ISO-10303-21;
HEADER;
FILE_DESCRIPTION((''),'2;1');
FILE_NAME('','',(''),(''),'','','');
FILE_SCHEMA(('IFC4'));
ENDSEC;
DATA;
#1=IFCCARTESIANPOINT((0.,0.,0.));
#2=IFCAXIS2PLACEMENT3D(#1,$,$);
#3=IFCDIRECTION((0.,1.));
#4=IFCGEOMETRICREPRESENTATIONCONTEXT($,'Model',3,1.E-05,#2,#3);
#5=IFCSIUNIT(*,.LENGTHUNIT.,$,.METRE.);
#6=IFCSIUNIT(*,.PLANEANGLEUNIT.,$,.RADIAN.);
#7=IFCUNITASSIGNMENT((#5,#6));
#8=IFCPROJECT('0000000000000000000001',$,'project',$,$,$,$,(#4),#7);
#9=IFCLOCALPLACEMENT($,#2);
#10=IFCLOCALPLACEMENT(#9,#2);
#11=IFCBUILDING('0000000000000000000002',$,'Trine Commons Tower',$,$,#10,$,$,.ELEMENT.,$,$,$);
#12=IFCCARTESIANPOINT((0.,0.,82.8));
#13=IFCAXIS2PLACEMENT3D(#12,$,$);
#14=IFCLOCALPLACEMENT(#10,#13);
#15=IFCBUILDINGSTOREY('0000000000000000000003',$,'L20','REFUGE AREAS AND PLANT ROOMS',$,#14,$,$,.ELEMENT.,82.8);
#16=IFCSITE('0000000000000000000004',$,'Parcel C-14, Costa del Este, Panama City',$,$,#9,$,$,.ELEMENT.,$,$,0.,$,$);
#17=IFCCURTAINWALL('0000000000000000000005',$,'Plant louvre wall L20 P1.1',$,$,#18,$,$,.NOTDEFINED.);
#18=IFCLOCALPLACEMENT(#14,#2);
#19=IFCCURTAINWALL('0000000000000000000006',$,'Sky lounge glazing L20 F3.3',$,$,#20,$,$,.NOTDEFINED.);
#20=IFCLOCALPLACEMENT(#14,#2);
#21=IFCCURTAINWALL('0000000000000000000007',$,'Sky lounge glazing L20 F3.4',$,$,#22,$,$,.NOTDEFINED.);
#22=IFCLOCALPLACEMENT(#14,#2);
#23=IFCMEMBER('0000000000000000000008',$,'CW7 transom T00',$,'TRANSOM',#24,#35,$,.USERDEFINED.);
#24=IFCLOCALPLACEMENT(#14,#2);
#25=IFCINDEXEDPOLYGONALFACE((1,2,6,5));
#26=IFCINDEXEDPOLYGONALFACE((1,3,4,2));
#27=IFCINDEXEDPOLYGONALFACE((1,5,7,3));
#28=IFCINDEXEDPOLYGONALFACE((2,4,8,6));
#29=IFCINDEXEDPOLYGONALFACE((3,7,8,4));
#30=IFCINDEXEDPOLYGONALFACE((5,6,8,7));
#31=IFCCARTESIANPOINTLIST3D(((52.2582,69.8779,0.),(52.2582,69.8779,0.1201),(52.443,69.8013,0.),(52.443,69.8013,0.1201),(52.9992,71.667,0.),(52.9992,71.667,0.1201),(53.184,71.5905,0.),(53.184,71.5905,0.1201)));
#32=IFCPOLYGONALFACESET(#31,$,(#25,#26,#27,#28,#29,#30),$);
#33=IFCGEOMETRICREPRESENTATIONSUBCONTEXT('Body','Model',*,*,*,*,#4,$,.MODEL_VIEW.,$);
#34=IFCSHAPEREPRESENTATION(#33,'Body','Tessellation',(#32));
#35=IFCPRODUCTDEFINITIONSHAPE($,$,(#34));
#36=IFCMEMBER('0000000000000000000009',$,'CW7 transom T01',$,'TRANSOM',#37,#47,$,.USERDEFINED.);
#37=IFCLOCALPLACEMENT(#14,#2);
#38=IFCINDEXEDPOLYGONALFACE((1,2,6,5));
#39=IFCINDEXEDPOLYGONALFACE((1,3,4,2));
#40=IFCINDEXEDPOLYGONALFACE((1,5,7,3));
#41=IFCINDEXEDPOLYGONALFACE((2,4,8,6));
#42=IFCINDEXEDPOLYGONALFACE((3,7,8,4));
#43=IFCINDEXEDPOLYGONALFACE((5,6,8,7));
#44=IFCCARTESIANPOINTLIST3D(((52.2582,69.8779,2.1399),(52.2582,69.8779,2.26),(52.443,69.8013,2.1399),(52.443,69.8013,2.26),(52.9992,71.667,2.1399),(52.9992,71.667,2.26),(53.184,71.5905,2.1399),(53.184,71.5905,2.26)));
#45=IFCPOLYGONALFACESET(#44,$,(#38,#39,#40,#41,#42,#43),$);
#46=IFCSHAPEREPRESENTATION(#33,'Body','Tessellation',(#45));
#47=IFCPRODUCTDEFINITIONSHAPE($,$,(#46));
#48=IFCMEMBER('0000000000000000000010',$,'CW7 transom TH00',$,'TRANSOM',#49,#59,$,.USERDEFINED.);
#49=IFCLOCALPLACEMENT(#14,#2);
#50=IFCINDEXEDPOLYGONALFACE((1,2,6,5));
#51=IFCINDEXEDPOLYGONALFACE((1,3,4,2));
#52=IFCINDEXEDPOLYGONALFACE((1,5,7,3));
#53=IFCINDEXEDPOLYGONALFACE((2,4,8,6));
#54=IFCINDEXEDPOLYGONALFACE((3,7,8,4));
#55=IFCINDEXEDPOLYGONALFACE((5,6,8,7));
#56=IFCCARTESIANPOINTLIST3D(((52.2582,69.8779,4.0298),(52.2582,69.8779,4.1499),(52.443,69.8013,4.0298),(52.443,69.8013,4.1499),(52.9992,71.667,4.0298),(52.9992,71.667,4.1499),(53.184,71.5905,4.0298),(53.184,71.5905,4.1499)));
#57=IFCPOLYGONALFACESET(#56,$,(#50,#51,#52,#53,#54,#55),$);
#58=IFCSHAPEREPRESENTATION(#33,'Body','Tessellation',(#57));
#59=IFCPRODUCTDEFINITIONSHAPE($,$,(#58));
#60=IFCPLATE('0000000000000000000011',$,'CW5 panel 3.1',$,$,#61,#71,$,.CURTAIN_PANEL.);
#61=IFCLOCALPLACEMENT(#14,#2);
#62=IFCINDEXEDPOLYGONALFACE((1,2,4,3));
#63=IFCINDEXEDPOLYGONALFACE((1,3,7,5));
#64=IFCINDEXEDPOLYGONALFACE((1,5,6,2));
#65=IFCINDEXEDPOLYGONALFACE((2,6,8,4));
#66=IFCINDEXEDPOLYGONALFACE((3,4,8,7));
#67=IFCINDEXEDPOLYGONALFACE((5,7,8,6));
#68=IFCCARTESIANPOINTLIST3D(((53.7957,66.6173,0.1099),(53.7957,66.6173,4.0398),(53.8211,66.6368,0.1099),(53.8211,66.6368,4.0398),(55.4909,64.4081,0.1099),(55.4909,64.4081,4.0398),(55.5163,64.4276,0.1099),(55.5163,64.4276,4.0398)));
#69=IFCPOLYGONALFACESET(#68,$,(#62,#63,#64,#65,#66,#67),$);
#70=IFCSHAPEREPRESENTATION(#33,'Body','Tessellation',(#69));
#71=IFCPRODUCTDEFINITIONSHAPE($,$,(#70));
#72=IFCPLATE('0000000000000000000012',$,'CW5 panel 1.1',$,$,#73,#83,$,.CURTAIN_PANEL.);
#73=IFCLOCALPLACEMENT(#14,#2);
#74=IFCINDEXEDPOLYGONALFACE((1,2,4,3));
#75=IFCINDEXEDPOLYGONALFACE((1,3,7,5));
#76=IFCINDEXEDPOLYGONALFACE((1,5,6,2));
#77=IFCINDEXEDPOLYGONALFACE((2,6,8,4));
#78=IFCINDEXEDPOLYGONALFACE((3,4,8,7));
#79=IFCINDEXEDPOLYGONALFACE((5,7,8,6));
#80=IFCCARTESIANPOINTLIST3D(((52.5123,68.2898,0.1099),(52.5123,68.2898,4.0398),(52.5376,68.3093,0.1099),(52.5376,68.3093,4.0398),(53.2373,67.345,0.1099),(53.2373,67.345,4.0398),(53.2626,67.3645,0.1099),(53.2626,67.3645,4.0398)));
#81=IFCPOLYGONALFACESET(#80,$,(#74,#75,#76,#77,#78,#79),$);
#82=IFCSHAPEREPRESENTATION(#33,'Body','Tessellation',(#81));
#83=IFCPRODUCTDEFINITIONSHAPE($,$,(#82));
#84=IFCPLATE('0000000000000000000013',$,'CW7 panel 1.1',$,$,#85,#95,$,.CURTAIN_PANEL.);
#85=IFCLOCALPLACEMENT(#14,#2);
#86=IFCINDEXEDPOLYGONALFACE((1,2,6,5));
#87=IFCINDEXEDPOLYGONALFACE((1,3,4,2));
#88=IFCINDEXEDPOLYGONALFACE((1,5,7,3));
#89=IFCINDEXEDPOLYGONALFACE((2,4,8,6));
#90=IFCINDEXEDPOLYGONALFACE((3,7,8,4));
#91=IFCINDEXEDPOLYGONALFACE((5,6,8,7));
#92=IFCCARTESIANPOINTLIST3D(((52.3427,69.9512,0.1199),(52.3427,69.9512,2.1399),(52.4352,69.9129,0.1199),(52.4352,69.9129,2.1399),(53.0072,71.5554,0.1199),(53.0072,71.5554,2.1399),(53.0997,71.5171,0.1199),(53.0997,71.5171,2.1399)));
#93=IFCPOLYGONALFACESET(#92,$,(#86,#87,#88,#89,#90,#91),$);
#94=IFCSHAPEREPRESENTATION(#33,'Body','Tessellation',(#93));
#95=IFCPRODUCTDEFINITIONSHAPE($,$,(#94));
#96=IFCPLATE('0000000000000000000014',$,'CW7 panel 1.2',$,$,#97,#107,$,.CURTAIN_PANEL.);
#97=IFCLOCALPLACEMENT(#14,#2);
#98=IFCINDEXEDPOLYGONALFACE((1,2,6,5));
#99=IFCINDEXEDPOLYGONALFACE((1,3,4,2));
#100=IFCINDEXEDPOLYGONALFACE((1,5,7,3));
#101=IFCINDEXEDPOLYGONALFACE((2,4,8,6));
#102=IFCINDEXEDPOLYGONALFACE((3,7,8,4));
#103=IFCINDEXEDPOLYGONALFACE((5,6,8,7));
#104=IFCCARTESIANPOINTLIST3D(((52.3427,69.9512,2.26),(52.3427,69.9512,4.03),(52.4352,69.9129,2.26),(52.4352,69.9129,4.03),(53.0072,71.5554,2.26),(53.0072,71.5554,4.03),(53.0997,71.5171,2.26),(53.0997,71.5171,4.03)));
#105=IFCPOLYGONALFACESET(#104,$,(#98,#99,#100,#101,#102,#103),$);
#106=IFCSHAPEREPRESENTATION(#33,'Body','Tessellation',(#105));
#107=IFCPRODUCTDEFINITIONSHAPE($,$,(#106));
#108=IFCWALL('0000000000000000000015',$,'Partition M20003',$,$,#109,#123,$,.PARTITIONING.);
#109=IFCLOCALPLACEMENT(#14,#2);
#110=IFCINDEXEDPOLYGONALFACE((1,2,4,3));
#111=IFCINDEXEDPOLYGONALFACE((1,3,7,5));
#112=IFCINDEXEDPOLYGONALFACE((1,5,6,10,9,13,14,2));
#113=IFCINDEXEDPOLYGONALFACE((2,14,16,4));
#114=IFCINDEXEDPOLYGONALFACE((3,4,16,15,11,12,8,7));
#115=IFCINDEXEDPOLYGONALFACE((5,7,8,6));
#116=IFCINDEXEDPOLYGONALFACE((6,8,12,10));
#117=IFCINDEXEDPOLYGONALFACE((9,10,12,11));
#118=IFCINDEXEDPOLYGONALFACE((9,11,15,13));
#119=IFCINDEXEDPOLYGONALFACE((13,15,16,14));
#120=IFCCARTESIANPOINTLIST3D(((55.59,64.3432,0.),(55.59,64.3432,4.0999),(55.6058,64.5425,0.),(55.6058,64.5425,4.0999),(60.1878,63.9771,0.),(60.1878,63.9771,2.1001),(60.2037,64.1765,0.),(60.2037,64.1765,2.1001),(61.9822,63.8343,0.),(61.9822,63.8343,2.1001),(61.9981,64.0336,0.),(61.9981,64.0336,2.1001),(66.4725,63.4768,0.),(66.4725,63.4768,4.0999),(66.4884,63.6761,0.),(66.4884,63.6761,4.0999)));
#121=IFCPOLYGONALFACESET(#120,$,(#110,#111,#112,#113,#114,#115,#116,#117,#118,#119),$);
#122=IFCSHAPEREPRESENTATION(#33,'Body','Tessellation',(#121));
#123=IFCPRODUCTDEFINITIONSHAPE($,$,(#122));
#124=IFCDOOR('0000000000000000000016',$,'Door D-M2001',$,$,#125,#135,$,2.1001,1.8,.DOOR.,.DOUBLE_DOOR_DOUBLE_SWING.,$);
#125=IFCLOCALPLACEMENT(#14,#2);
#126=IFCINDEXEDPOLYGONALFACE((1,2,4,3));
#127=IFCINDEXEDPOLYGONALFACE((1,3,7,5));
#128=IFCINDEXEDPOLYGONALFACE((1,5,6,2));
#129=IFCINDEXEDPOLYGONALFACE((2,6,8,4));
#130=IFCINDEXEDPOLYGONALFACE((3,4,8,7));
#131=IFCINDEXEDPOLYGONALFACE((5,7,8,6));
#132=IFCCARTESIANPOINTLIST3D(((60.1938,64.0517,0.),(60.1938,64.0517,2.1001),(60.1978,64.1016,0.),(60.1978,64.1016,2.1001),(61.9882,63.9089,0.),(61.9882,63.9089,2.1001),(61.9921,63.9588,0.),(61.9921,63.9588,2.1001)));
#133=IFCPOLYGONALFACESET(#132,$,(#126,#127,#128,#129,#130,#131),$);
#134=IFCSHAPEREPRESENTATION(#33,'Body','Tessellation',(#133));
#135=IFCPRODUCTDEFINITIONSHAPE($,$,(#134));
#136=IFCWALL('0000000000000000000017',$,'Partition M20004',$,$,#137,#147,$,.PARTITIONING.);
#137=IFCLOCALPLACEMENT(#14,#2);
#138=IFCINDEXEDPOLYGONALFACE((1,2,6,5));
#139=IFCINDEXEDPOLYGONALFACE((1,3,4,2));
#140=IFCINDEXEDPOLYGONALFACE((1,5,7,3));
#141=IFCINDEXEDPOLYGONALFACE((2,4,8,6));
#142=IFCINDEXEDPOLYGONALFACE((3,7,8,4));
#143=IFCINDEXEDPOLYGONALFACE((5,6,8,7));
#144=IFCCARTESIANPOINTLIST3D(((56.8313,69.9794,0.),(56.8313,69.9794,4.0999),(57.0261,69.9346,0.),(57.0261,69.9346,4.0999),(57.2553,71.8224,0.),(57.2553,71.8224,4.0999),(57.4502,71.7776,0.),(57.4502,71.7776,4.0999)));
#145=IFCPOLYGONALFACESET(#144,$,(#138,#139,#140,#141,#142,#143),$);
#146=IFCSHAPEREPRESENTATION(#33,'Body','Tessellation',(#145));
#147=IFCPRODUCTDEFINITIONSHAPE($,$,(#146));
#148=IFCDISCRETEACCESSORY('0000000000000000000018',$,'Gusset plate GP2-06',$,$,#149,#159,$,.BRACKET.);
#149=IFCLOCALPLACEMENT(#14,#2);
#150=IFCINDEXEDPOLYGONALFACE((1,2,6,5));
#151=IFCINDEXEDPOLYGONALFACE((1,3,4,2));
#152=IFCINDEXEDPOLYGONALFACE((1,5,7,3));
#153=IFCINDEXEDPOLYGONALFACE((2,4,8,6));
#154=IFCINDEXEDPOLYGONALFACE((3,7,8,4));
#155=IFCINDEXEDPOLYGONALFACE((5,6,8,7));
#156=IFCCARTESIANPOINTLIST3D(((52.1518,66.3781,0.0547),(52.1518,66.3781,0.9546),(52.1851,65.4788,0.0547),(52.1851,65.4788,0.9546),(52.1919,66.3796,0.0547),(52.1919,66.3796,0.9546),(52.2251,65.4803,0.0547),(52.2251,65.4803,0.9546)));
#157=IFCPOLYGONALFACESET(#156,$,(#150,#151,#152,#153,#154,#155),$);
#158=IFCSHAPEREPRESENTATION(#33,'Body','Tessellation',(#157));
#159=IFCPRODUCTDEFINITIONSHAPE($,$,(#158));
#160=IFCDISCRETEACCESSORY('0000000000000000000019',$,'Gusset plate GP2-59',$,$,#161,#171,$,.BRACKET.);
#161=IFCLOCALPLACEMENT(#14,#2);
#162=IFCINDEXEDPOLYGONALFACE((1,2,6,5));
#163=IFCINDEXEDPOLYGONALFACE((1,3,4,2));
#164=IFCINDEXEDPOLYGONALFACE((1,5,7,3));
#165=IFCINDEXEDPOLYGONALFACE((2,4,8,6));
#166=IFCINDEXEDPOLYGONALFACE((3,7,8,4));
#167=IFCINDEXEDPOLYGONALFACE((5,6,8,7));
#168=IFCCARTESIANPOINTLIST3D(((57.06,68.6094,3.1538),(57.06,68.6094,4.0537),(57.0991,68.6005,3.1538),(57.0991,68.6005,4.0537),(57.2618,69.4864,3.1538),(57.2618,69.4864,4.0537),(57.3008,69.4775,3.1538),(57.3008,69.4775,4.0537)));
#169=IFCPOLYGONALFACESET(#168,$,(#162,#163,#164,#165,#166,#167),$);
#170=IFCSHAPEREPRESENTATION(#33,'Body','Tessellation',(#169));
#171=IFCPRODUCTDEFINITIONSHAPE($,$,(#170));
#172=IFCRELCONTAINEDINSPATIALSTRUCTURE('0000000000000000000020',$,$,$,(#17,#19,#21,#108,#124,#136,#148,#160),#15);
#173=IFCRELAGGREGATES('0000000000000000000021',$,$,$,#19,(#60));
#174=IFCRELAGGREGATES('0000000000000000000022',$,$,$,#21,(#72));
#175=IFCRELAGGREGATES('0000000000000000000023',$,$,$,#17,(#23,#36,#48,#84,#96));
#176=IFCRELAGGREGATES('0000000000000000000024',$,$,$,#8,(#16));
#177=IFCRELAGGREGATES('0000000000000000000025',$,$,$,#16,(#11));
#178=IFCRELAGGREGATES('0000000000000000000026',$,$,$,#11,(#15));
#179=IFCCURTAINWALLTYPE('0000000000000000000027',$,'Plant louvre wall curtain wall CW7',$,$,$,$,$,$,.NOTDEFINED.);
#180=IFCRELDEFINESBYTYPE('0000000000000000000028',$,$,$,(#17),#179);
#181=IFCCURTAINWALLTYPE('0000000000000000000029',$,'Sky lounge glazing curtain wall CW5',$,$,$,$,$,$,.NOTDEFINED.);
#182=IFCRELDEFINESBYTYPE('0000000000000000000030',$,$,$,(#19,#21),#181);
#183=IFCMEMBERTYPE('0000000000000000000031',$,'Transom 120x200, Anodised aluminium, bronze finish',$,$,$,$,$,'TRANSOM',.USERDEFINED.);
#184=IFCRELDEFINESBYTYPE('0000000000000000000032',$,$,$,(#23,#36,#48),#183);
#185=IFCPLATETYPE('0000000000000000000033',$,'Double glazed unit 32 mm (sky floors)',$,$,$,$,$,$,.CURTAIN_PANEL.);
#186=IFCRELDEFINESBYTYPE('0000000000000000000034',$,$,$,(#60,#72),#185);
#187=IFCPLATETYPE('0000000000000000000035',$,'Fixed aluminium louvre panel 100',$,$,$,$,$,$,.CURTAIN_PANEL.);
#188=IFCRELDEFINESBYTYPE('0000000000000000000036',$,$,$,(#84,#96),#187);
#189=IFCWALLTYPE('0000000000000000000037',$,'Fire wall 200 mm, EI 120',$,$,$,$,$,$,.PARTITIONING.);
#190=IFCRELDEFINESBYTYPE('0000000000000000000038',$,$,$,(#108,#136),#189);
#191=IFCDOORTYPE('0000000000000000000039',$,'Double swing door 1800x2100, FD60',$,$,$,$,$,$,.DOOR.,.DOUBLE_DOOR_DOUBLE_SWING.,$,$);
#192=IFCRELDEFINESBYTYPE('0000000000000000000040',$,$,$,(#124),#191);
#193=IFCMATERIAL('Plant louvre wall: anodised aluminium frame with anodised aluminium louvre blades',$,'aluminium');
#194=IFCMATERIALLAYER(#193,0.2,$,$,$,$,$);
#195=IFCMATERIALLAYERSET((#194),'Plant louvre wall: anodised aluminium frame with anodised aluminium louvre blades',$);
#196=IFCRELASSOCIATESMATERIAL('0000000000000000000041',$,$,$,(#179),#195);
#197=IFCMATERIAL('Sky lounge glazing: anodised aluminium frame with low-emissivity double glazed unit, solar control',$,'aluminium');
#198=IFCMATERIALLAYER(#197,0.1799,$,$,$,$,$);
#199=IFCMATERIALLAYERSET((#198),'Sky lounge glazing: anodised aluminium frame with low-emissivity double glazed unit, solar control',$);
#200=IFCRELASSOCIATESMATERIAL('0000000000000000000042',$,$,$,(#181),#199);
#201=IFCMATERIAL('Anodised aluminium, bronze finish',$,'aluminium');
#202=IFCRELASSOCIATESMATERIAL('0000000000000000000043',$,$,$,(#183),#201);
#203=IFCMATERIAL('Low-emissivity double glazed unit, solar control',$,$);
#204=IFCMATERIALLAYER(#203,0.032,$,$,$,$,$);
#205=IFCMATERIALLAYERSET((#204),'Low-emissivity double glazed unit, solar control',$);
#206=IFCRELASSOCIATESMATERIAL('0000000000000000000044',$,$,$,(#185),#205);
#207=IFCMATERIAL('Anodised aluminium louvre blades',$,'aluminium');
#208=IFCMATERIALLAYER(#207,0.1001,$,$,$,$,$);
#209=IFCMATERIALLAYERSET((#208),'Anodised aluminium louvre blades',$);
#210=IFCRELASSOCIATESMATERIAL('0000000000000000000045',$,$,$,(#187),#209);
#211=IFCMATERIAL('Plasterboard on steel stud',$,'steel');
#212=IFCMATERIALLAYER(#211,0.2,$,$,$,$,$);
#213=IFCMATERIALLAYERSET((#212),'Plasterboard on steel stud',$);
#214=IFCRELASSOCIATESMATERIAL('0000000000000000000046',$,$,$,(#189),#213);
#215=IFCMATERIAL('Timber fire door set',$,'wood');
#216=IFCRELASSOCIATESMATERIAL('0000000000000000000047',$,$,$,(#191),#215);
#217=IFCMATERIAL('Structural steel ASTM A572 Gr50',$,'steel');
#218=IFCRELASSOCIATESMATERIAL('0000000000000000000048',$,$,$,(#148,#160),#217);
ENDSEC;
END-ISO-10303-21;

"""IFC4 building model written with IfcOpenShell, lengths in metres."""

from ifc_helpers import new_model, si_unit, direction, frame, frame_2d, origin, origin_2d, place, context, subcontext, project, spatial, rectangle, extrude, material, layer, layer_set, material_profile, profile_set, type_object, element, fill, aggregate, save


model = new_model("IFC4")

# Units and contexts
model_context = context("Model", 3, precision=1e-05, world=origin(), true_north=direction((0.0, 1.0)))
body_context = subcontext(model_context, "Body", "Model", "MODEL_VIEW")
ifc_project = project(units=[si_unit("LENGTHUNIT", "METRE"), si_unit("PLANEANGLEUNIT", "RADIAN")], contexts=[model_context])

# Site, building, storey
site_placement = place(None, origin())
site = spatial("IfcSite", under=ifc_project, at=site_placement, Name="Parcel C-14, Costa del Este, Panama City", CompositionType="ELEMENT", RefElevation=0.0)
building_placement = place(site_placement, origin())
building = spatial("IfcBuilding", under=site, at=building_placement, Name="Trine Commons Tower", CompositionType="ELEMENT")
storey_placement = place(building_placement, frame((0.0, 0.0, 82.8)))
storey = spatial("IfcBuildingStorey", under=building, at=storey_placement, Name="L20", Description="REFUGE AREAS AND PLANT ROOMS", CompositionType="ELEMENT", Elevation=82.8)

# Curtain walls
ifc_material_1 = material(Name="Plant louvre wall: anodised aluminium frame with anodised aluminium louvre blades", Category="aluminium")
ifc_layer_1 = layer(ifc_material_1, 0.2)
ifc_layer_set_1 = layer_set([ifc_layer_1], Name="Plant louvre wall: anodised aluminium frame with anodised aluminium louvre blades")
curtain_wall_type_1 = type_object("IfcCurtainWallType", Name="Plant louvre wall curtain wall CW7", PredefinedType="NOTDEFINED", material=ifc_layer_set_1)
curtain_wall_1_placement = place(storey_placement, origin())
curtain_wall_1 = element("IfcCurtainWall", 1, at=curtain_wall_1_placement, inside=storey, type_object=curtain_wall_type_1, Name="Plant louvre wall L20 P1.1", PredefinedType="NOTDEFINED")
ifc_material_2 = material(Name="Anodised aluminium, bronze finish", Category="aluminium")
ifc_material_3 = material(Name="Sky lounge glazing: anodised aluminium frame with low-emissivity double glazed unit, solar control", Category="aluminium")
ifc_layer_2 = layer(ifc_material_3, 0.1799)
ifc_layer_set_2 = layer_set([ifc_layer_2], Name="Sky lounge glazing: anodised aluminium frame with low-emissivity double glazed unit, solar control")
curtain_wall_type_2 = type_object("IfcCurtainWallType", Name="Sky lounge glazing curtain wall CW5", PredefinedType="NOTDEFINED", material=ifc_layer_set_2)
curtain_wall_2_placement = place(storey_placement, origin())
curtain_wall_2 = element("IfcCurtainWall", 2, at=curtain_wall_2_placement, inside=storey, type_object=curtain_wall_type_2, Name="Sky lounge glazing L20 F3.3", PredefinedType="NOTDEFINED")
curtain_wall_3_placement = place(storey_placement, origin())
curtain_wall_3 = element("IfcCurtainWall", 3, at=curtain_wall_3_placement, inside=storey, type_object=curtain_wall_type_2, Name="Sky lounge glazing L20 F3.4", PredefinedType="NOTDEFINED")

# Members
ifc_material_profile_1 = material_profile(ifc_material_2, rectangle(XDim=0.2, YDim=0.1201, at=origin_2d()), Name="Transom 120x200")
ifc_profile_set_1 = profile_set([ifc_material_profile_1], Name="Anodised aluminium, bronze finish")
member_type_1 = type_object("IfcMemberType", Name="Transom 120x200, Anodised aluminium, bronze finish", ElementType="TRANSOM", PredefinedType="USERDEFINED", material=ifc_profile_set_1)
member_1_placement = place(storey_placement, frame((52.3506, 69.8396, 0.0601), z_axis=(0.382645, 0.923895, 0.0), x_axis=(-0.923895, 0.382645, 0.0)))
member_1 = element("IfcMember", 4, at=member_1_placement, type_object=member_type_1, Name="CW7 transom T00", ObjectType="TRANSOM", PredefinedType="USERDEFINED", context=body_context, shape_type="SweptSolid", body=[
    extrude(rectangle(XDim=0.2, YDim=0.1201, at=origin_2d()), origin(), (0.0, 0.0, 1.0), 1.9365),
])
member_2_placement = place(storey_placement, frame((52.3506, 69.8396, 2.2), z_axis=(0.382645, 0.923895, 0.0), x_axis=(-0.923895, 0.382645, 0.0)))
member_2 = element("IfcMember", 5, at=member_2_placement, type_object=member_type_1, Name="CW7 transom T01", ObjectType="TRANSOM", PredefinedType="USERDEFINED", context=body_context, shape_type="SweptSolid", body=[
    extrude(rectangle(XDim=0.2, YDim=0.1201, at=origin_2d()), origin(), (0.0, 0.0, 1.0), 1.9365),
])
member_3_placement = place(storey_placement, frame((52.3506, 69.8396, 4.0898), z_axis=(0.382645, 0.923895, 0.0), x_axis=(-0.923895, 0.382645, 0.0)))
member_3 = element("IfcMember", 6, at=member_3_placement, type_object=member_type_1, Name="CW7 transom TH00", ObjectType="TRANSOM", PredefinedType="USERDEFINED", context=body_context, shape_type="SweptSolid", body=[
    extrude(rectangle(XDim=0.2, YDim=0.1201, at=origin_2d()), origin(), (0.0, 0.0, 1.0), 1.9365),
])

# Plates
ifc_material_4 = material(Name="Low-emissivity double glazed unit, solar control")
ifc_layer_3 = layer(ifc_material_4, 0.032)
ifc_layer_set_3 = layer_set([ifc_layer_3], Name="Low-emissivity double glazed unit, solar control")
plate_type_1 = type_object("IfcPlateType", Name="Double glazed unit 32 mm (sky floors)", PredefinedType="CURTAIN_PANEL", material=ifc_layer_set_3)
plate_1_placement = place(storey_placement, frame((54.656, 65.5225, 0.1099), z_axis=(0.0, 0.0, 1.0), x_axis=(-0.608761, 0.793353, 0.0)))
plate_1 = element("IfcPlate", 7, at=plate_1_placement, type_object=plate_type_1, Name="CW5 panel 3.1", PredefinedType="CURTAIN_PANEL", context=body_context, shape_type="SweptSolid", body=[
    extrude(rectangle(XDim=2.7847, YDim=0.032, at=origin_2d()), origin(), (0.0, 0.0, 1.0), 3.9299),
])
aggregate(curtain_wall_2, [plate_1])
plate_2_placement = place(storey_placement, frame((52.8875, 67.8271, 0.1099), z_axis=(0.0, 0.0, 1.0), x_axis=(-0.608761, 0.793353, 0.0)))
plate_2 = element("IfcPlate", 8, at=plate_2_placement, type_object=plate_type_1, Name="CW5 panel 1.1", PredefinedType="CURTAIN_PANEL", context=body_context, shape_type="SweptSolid", body=[
    extrude(rectangle(XDim=1.1909, YDim=0.032, at=origin_2d()), origin(), (0.0, 0.0, 1.0), 3.9299),
])
aggregate(curtain_wall_3, [plate_2])
ifc_material_5 = material(Name="Anodised aluminium louvre blades", Category="aluminium")
ifc_layer_4 = layer(ifc_material_5, 0.1001)
ifc_layer_set_4 = layer_set([ifc_layer_4], Name="Anodised aluminium louvre blades")
plate_type_2 = type_object("IfcPlateType", Name="Fixed aluminium louvre panel 100", PredefinedType="CURTAIN_PANEL", material=ifc_layer_set_4)
plate_3_placement = place(storey_placement, frame((52.7212, 70.7341, 0.1199), z_axis=(0.0, 0.0, 1.0), x_axis=(0.382683, 0.92388, 0.0)))
plate_3 = element("IfcPlate", 9, at=plate_3_placement, type_object=plate_type_2, Name="CW7 panel 1.1", PredefinedType="CURTAIN_PANEL", context=body_context, shape_type="SweptSolid", body=[
    extrude(rectangle(XDim=1.7363, YDim=0.1001, at=origin_2d()), origin(), (0.0, 0.0, 1.0), 2.02),
])
plate_4_placement = place(storey_placement, frame((52.7212, 70.7341, 2.26), z_axis=(0.0, 0.0, 1.0), x_axis=(0.382683, 0.92388, 0.0)))
plate_4 = element("IfcPlate", 10, at=plate_4_placement, type_object=plate_type_2, Name="CW7 panel 1.2", PredefinedType="CURTAIN_PANEL", context=body_context, shape_type="SweptSolid", body=[
    extrude(rectangle(XDim=1.7363, YDim=0.1001, at=origin_2d()), origin(), (0.0, 0.0, 1.0), 1.77),
])
aggregate(curtain_wall_1, [member_1, member_2, member_3, plate_3, plate_4])

# Wall, opening, door
ifc_material_6 = material(Name="Plasterboard on steel stud", Category="steel")
ifc_layer_5 = layer(ifc_material_6, 0.2)
ifc_layer_set_5 = layer_set([ifc_layer_5], Name="Plasterboard on steel stud")
wall_type = type_object("IfcWallType", Name="Fire wall 200 mm, EI 120", PredefinedType="PARTITIONING", material=ifc_layer_set_5)
wall_1_placement = place(storey_placement, frame((55.5979, 64.4429, 0.0), z_axis=(0.0, 0.0, 1.0), x_axis=(0.996845, -0.079367, 0.0)))
wall_1 = element("IfcWall", 11, at=wall_1_placement, inside=storey, type_object=wall_type, Name="Partition M20003", PredefinedType="PARTITIONING", context=body_context, shape_type="SweptSolid", body=[
    extrude(rectangle(XDim=10.917, YDim=0.2, at=frame_2d((5.4585, 0.0))), origin(), (0.0, 0.0, 1.0), 4.0999),
])
opening_placement = place(wall_1_placement, frame((4.6125, 0.0, 0.0)))
opening = element("IfcOpeningElement", 12, at=opening_placement, cuts=wall_1, PredefinedType="OPENING", context=body_context, shape_type="SweptSolid", body=[
    extrude(rectangle(XDim=1.8, YDim=2.1001, at=frame_2d((0.8999, 1.05))), frame((0.0, 0.1099, 0.0), z_axis=(0.0, -1.0, 0.0), x_axis=(1.0, 0.0, 0.0)), (0.0, 0.0, 1.0), 0.22),
])
ifc_material_7 = material(Name="Timber fire door set", Category="wood")
door_type = type_object("IfcDoorType", Name="Double swing door 1800x2100, FD60", OperationType="DOUBLE_DOOR_DOUBLE_SWING", PredefinedType="DOOR", material=ifc_material_7)
door_placement = place(opening_placement, origin())
door = element("IfcDoor", 13, at=door_placement, inside=storey, type_object=door_type, Name="Door D-M2001", OperationType="DOUBLE_DOOR_DOUBLE_SWING", OverallHeight=2.1001, OverallWidth=1.8, PredefinedType="DOOR", context=body_context, shape_type="SweptSolid", body=[
    extrude(rectangle(XDim=1.8, YDim=2.1001, at=frame_2d((0.8999, 1.05))), frame((0.0, 0.0249, 0.0), z_axis=(0.0, -1.0, 0.0), x_axis=(1.0, 0.0, 0.0)), (0.0, 0.0, 1.0), 0.05),
])
fill(opening, door)

# Wall
wall_2_placement = place(storey_placement, frame((56.9287, 69.957, 0.0), z_axis=(0.0, 0.0, 1.0), x_axis=(0.224237, 0.974535, 0.0)))
element("IfcWall", 14, at=wall_2_placement, inside=storey, type_object=wall_type, Name="Partition M20004", PredefinedType="PARTITIONING", context=body_context, shape_type="SweptSolid", body=[
    extrude(rectangle(XDim=1.8911, YDim=0.2, at=frame_2d((0.9456, 0.0))), origin(), (0.0, 0.0, 1.0), 4.0999),
])

# Discrete accessories
ifc_material_8 = material(Name="Structural steel ASTM A572 Gr50", Category="steel")
for number, where, z_axis, x_axis, name in (
    (15, (52.1885, 65.9292, 0.0547), (0.0, 0.0, 1.0), (0.03694, -0.999317, 0.0), "Gusset plate GP2-06"),
    (16, (57.1804, 69.0435, 3.1538), (0.0, 0.0, 1.0), (-0.224169, -0.97455, 0.0), "Gusset plate GP2-59"),
):
    element("IfcDiscreteAccessory", number, at=place(storey_placement, frame(where, z_axis=z_axis, x_axis=x_axis)), inside=storey, material=ifc_material_8, Name=name, PredefinedType="BRACKET", context=body_context, shape_type="SweptSolid", body=[
        extrude(rectangle(XDim=0.8999, YDim=0.04, at=origin_2d()), origin(), (0.0, 0.0, 1.0), 0.8999),
    ])

save(model, "model.ifc")
